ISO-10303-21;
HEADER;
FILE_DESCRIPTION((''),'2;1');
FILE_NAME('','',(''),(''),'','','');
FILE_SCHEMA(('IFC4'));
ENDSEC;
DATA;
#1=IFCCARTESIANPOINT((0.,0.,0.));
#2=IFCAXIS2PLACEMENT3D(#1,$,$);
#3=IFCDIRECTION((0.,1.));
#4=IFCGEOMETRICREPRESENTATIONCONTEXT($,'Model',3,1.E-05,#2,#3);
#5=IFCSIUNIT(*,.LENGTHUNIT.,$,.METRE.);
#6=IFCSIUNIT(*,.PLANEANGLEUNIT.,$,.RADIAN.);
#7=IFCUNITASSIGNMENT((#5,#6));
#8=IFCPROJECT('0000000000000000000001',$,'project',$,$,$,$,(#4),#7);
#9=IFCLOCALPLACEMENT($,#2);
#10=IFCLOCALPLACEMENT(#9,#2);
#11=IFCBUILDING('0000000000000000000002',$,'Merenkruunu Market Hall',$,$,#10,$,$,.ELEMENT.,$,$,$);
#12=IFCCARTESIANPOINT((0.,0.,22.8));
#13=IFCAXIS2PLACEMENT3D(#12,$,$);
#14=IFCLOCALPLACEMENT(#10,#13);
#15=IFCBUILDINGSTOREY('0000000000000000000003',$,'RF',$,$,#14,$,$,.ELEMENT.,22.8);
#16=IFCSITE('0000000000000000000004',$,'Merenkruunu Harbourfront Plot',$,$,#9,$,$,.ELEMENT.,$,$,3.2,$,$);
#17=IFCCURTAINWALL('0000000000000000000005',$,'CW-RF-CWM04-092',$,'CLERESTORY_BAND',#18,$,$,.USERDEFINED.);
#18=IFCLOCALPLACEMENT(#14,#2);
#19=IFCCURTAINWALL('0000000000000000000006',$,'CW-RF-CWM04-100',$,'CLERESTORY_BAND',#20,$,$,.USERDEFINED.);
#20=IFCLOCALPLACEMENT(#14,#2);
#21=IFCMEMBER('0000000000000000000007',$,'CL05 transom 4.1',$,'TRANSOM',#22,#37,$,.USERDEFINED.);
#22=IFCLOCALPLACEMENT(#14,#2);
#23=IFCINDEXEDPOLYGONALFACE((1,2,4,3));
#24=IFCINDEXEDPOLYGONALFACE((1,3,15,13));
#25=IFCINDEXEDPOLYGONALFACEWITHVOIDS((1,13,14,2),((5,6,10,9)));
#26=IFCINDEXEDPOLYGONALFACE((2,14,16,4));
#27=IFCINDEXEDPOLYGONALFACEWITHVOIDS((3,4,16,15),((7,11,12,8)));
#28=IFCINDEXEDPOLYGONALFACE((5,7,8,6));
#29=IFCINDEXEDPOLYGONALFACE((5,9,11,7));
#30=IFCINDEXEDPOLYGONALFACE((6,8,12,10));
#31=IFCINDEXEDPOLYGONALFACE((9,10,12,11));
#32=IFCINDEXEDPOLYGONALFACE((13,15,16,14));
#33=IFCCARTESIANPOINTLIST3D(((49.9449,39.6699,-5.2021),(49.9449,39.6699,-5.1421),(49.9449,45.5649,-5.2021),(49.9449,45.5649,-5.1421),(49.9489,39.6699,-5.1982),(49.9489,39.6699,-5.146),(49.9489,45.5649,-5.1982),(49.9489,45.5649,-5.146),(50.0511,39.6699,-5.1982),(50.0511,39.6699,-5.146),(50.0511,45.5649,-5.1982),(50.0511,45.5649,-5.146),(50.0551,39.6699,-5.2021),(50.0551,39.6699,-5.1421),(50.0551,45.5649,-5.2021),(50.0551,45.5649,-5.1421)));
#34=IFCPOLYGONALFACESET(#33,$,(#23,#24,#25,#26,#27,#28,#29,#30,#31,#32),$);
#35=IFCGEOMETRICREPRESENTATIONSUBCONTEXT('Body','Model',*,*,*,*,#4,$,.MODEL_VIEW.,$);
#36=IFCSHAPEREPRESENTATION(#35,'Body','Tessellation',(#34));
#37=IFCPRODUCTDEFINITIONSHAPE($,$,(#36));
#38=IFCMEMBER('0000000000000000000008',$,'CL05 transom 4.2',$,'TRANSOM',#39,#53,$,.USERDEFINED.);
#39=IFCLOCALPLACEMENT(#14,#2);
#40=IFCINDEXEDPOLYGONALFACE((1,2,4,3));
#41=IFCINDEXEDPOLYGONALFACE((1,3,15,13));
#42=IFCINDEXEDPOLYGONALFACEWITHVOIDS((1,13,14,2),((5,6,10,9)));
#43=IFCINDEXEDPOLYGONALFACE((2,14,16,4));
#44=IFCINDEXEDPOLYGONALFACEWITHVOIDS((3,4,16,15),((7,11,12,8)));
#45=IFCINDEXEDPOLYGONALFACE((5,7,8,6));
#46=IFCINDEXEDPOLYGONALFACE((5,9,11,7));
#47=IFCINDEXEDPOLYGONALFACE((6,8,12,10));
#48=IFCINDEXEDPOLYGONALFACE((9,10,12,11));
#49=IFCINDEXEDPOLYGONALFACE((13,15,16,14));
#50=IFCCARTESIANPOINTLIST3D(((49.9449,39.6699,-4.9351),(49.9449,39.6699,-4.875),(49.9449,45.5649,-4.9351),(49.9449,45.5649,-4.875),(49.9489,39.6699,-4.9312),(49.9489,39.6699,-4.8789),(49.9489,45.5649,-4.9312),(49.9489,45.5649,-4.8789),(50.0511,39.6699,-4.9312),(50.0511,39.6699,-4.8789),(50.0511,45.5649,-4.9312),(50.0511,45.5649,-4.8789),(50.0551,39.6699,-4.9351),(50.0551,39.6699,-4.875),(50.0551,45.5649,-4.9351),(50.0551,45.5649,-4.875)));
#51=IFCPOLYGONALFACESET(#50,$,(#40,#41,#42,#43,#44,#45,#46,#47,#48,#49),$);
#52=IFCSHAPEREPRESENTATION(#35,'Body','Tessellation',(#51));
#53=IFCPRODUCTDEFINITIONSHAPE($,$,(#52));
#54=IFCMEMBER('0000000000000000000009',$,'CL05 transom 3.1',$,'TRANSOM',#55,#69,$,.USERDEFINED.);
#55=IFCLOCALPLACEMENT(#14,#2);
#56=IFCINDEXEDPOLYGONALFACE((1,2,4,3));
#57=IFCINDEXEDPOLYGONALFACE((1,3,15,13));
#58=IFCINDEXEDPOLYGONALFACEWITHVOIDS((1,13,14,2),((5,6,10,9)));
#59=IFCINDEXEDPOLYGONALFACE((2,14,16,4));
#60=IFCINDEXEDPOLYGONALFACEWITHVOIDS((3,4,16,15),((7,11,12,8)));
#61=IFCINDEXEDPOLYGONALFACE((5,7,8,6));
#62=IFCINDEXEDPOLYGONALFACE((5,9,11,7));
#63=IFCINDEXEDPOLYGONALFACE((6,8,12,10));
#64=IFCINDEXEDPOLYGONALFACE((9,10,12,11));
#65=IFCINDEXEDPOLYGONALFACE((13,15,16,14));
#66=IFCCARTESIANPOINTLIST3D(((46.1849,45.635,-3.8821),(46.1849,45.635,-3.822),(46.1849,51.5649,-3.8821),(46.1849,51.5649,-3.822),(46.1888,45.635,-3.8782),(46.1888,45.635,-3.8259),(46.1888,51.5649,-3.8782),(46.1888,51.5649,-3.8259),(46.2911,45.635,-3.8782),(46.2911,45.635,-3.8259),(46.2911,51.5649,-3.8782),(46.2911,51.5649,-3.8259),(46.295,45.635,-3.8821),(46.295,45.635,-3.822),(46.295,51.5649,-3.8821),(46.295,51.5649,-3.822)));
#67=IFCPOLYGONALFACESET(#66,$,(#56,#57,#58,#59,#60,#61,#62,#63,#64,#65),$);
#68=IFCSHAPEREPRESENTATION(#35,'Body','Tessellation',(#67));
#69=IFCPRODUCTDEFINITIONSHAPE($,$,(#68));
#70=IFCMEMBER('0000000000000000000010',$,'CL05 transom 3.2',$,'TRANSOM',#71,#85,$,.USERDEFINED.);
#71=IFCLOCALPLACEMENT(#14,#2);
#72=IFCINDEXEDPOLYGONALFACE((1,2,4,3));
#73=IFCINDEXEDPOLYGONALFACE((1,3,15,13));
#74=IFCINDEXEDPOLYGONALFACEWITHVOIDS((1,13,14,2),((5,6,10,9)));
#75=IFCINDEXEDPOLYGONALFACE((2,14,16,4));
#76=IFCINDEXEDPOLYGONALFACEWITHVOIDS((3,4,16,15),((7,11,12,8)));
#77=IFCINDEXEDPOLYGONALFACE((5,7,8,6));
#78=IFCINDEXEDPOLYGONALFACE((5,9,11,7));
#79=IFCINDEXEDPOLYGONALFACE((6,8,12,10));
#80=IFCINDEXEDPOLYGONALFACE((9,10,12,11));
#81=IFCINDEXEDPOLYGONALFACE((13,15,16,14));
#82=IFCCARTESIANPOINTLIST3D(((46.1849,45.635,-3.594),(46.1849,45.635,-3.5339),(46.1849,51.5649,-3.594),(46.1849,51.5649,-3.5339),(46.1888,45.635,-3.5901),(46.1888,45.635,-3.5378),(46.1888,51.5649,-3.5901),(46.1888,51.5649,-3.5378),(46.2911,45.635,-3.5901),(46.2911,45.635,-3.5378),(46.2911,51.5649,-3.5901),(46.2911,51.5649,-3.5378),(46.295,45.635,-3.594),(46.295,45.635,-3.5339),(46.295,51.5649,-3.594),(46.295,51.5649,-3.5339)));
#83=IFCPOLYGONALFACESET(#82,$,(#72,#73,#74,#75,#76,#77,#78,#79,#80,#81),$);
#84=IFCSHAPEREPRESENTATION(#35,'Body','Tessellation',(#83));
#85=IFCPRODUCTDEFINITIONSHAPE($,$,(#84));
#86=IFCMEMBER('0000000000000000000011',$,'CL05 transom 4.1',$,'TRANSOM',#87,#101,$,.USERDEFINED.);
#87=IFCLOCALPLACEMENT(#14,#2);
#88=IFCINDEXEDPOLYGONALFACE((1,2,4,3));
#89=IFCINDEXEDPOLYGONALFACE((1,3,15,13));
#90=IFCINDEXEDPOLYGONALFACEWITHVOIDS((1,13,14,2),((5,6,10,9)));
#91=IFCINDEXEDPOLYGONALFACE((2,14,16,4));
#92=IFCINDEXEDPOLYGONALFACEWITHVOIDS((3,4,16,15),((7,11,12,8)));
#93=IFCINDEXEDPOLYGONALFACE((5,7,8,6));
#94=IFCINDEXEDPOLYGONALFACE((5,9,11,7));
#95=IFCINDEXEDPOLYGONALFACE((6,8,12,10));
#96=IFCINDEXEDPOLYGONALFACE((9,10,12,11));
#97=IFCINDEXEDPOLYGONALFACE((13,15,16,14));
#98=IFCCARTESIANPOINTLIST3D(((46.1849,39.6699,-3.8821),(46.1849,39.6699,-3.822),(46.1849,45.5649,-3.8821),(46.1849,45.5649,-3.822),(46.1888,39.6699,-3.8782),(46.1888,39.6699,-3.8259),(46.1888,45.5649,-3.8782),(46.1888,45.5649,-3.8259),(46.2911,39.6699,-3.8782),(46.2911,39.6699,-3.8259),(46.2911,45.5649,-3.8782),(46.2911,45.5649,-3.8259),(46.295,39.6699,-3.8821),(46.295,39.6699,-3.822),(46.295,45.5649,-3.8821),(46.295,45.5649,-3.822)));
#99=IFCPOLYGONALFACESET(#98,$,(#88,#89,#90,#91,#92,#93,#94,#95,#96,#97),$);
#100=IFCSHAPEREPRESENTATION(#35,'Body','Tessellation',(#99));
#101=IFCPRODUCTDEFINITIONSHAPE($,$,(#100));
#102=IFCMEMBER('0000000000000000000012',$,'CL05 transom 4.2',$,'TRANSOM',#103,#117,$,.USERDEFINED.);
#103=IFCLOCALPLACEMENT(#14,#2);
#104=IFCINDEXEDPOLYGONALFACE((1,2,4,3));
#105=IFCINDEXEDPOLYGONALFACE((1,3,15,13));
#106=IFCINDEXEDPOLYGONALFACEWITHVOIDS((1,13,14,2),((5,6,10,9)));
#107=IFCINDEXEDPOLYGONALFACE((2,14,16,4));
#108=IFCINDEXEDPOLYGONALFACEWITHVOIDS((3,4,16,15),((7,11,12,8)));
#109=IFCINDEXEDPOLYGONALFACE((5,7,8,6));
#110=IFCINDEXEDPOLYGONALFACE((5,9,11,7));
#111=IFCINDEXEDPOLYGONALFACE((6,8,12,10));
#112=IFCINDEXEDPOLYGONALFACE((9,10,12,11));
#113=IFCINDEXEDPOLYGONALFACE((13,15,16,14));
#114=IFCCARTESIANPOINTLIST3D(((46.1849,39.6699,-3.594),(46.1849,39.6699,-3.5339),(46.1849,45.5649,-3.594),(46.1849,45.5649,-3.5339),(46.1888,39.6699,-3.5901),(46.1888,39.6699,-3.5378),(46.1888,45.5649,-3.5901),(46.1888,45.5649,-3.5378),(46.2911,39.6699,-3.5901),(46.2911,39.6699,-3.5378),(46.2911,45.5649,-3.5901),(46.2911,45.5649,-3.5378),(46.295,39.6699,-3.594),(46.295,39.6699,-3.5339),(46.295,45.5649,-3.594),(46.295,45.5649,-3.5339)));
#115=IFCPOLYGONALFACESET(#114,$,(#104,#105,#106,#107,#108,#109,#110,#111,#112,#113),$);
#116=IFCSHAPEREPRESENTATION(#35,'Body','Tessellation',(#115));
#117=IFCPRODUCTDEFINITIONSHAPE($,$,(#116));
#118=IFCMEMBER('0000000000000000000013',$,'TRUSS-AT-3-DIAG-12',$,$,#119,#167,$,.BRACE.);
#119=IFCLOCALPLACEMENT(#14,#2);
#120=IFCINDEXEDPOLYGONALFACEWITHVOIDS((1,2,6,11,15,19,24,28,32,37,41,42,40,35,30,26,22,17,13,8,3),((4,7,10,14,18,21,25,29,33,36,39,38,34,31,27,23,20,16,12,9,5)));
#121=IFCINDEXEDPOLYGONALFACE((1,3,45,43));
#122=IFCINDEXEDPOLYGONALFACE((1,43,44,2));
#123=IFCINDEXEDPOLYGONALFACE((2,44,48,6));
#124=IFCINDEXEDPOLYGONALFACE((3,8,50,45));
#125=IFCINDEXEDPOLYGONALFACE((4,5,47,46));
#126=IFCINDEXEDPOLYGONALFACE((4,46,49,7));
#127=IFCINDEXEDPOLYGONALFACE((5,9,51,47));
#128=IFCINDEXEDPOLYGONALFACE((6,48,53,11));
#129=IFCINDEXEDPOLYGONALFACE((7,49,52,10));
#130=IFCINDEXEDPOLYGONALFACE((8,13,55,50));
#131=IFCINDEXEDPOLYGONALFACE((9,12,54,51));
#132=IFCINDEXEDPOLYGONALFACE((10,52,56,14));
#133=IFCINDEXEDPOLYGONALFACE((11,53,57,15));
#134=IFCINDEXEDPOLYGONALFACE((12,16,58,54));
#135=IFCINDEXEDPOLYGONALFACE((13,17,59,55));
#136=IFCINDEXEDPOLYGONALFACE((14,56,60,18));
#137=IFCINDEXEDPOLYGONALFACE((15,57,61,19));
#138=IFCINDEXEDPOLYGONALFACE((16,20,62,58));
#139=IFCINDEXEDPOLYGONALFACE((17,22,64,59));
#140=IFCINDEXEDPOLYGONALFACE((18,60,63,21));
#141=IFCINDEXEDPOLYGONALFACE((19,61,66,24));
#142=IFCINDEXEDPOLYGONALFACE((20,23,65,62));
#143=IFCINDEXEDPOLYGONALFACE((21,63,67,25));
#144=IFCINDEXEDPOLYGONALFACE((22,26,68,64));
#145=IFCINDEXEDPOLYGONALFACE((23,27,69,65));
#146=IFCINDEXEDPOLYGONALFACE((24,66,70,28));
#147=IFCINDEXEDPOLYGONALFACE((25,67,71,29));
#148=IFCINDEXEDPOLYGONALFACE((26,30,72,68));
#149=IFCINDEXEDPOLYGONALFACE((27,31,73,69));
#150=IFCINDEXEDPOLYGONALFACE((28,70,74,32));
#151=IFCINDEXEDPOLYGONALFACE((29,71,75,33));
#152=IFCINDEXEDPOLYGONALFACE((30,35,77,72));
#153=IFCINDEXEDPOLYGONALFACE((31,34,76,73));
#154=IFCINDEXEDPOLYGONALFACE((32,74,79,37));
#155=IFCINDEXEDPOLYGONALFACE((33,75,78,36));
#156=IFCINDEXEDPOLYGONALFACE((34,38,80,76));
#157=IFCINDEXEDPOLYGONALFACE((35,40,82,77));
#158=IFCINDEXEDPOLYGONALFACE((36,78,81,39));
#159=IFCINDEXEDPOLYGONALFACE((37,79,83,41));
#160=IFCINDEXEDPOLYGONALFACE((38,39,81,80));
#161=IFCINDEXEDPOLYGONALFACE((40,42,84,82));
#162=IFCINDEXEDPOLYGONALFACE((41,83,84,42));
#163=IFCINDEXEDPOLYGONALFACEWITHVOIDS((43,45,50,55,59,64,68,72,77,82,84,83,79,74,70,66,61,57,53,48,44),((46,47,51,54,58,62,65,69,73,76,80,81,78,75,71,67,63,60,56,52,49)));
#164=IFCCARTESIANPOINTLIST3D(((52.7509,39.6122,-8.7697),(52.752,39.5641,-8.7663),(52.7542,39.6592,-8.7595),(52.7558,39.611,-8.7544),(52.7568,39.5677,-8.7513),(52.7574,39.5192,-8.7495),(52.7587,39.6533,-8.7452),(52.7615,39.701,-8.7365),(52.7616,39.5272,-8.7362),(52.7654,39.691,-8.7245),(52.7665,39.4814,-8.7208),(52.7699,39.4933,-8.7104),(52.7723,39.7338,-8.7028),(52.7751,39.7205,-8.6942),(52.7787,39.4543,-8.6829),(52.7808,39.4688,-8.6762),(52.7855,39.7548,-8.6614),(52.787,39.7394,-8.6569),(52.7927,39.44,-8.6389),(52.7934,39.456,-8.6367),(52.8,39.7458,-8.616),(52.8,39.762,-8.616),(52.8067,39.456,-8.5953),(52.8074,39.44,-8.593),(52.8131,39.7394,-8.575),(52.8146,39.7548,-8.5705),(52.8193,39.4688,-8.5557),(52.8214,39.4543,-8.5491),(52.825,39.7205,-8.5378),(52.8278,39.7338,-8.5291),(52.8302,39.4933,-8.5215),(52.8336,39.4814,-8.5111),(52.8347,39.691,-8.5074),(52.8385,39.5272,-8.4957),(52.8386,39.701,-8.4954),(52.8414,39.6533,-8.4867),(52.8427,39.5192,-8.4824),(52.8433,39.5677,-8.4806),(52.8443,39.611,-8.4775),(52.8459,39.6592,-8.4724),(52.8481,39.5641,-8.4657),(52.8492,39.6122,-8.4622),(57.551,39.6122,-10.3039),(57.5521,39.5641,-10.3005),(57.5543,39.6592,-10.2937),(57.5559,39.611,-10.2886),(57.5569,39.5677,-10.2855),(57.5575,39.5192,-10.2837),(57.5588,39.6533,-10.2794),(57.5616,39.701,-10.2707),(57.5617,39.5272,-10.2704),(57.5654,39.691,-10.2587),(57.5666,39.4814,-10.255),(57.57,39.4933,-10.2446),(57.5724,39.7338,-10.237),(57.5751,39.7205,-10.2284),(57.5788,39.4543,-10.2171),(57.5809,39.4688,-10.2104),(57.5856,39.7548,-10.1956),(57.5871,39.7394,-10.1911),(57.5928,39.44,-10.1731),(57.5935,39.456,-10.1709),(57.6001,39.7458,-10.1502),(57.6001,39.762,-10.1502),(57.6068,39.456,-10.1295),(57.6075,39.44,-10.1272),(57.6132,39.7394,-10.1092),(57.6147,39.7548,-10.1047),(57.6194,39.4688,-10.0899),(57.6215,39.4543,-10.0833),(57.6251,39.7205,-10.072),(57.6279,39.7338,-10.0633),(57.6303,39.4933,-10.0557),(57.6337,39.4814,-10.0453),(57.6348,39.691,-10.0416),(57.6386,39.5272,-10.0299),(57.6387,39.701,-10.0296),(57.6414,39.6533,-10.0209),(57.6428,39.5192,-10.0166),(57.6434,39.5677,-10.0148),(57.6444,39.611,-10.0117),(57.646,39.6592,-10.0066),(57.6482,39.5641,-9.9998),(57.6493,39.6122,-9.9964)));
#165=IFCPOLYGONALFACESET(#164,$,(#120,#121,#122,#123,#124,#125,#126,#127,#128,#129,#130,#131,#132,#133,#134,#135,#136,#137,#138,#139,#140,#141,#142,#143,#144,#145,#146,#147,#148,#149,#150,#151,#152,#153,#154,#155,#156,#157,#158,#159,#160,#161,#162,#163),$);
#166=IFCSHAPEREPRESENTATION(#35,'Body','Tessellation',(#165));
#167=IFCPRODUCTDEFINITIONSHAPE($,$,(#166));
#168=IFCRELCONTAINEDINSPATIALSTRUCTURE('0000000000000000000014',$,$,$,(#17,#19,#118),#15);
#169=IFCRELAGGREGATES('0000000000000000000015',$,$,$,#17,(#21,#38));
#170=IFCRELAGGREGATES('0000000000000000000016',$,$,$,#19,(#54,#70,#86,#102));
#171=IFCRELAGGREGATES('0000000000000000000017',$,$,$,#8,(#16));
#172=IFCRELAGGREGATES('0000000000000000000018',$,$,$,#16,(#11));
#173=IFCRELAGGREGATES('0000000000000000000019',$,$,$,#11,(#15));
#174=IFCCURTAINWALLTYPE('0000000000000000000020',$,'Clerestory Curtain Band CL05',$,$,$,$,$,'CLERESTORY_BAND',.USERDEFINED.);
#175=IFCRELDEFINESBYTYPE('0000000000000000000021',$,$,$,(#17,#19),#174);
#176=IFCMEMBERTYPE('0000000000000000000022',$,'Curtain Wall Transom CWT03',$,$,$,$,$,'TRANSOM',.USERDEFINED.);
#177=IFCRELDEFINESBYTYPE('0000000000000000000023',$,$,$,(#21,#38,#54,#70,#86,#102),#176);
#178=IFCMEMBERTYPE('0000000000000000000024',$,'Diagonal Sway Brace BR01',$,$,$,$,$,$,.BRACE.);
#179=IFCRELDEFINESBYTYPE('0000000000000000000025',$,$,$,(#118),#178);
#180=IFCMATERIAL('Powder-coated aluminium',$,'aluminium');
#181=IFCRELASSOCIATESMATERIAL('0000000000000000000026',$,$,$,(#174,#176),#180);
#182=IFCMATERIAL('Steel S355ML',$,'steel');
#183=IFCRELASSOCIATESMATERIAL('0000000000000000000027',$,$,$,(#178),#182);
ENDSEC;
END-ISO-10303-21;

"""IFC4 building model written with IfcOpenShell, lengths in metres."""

from ifc_helpers import new_model, si_unit, direction, frame, origin, origin_2d, place, context, subcontext, project, spatial, hollow_rectangle, hollow_circle, extrude, material, material_profile, profile_set, type_object, element, aggregate, save


model = new_model("IFC4")

# Units and contexts
model_context = context("Model", 3, precision=1e-05, world=origin(), true_north=direction((0.0, 1.0)))
body_context = subcontext(model_context, "Body", "Model", "MODEL_VIEW")
ifc_project = project(units=[si_unit("LENGTHUNIT", "METRE"), si_unit("PLANEANGLEUNIT", "RADIAN")], contexts=[model_context])

# Site, building, storey
site_placement = place(None, origin())
site = spatial("IfcSite", under=ifc_project, at=site_placement, Name="Merenkruunu Harbourfront Plot", CompositionType="ELEMENT", RefElevation=3.2)
building_placement = place(site_placement, origin())
building = spatial("IfcBuilding", under=site, at=building_placement, Name="Merenkruunu Market Hall", CompositionType="ELEMENT")
storey_placement = place(building_placement, frame((0.0, 0.0, 22.8)))
storey = spatial("IfcBuildingStorey", under=building, at=storey_placement, Name="RF", CompositionType="ELEMENT", Elevation=22.8)

# Shared definitions
ifc_material_1 = material(Name="Steel S355ML", Category="steel")

# Curtain walls
ifc_material_2 = material(Name="Powder-coated aluminium", Category="aluminium")
curtain_wall_type = type_object("IfcCurtainWallType", Name="Clerestory Curtain Band CL05", ElementType="CLERESTORY_BAND", PredefinedType="USERDEFINED", material=ifc_material_2)
curtain_wall_1_placement = place(storey_placement, origin())
curtain_wall_1 = element("IfcCurtainWall", 1, at=curtain_wall_1_placement, inside=storey, type_object=curtain_wall_type, Name="CW-RF-CWM04-092", ObjectType="CLERESTORY_BAND", PredefinedType="USERDEFINED")
curtain_wall_2_placement = place(storey_placement, origin())
curtain_wall_2 = element("IfcCurtainWall", 2, at=curtain_wall_2_placement, inside=storey, type_object=curtain_wall_type, Name="CW-RF-CWM04-100", ObjectType="CLERESTORY_BAND", PredefinedType="USERDEFINED")

# Members
ifc_material_profile_1 = material_profile(ifc_material_2, hollow_rectangle(XDim=0.0601, YDim=0.1101, WallThickness=0.0039, at=origin_2d()), Name="ALU 60x110x4")
ifc_profile_set_1 = profile_set([ifc_material_profile_1], Name="Powder-coated aluminium")
member_type_1 = type_object("IfcMemberType", Name="Curtain Wall Transom CWT03", ElementType="TRANSOM", PredefinedType="USERDEFINED", material=ifc_profile_set_1)
member_1_placement = place(storey_placement, frame((50.0, 45.5649, -5.1721), z_axis=(0.0, -1.0, 0.0), x_axis=(0.0, 0.0, 1.0)))
member_1 = element("IfcMember", 3, at=member_1_placement, type_object=member_type_1, Name="CL05 transom 4.1", ObjectType="TRANSOM", PredefinedType="USERDEFINED", context=body_context, shape_type="SweptSolid", body=[
    extrude(hollow_rectangle(XDim=0.0601, YDim=0.1101, WallThickness=0.0039, at=origin_2d()), origin(), (0.0, 0.0, 1.0), 5.895),
])
member_2_placement = place(storey_placement, frame((50.0, 45.5649, -4.905), z_axis=(0.0, -1.0, 0.0), x_axis=(0.0, 0.0, 1.0)))
member_2 = element("IfcMember", 4, at=member_2_placement, type_object=member_type_1, Name="CL05 transom 4.2", ObjectType="TRANSOM", PredefinedType="USERDEFINED", context=body_context, shape_type="SweptSolid", body=[
    extrude(hollow_rectangle(XDim=0.0601, YDim=0.1101, WallThickness=0.0039, at=origin_2d()), origin(), (0.0, 0.0, 1.0), 5.895),
])
member_3_placement = place(storey_placement, frame((46.24, 51.5649, -3.8521), z_axis=(0.0, -1.0, 0.0), x_axis=(0.0, 0.0, 1.0)))
member_3 = element("IfcMember", 5, at=member_3_placement, type_object=member_type_1, Name="CL05 transom 3.1", ObjectType="TRANSOM", PredefinedType="USERDEFINED", context=body_context, shape_type="SweptSolid", body=[
    extrude(hollow_rectangle(XDim=0.0601, YDim=0.1101, WallThickness=0.0039, at=origin_2d()), origin(), (0.0, 0.0, 1.0), 5.9299),
])
member_4_placement = place(storey_placement, frame((46.24, 51.5649, -3.564), z_axis=(0.0, -1.0, 0.0), x_axis=(0.0, 0.0, 1.0)))
member_4 = element("IfcMember", 6, at=member_4_placement, type_object=member_type_1, Name="CL05 transom 3.2", ObjectType="TRANSOM", PredefinedType="USERDEFINED", context=body_context, shape_type="SweptSolid", body=[
    extrude(hollow_rectangle(XDim=0.0601, YDim=0.1101, WallThickness=0.0039, at=origin_2d()), origin(), (0.0, 0.0, 1.0), 5.9299),
])
member_5_placement = place(storey_placement, frame((46.24, 45.5649, -3.8521), z_axis=(0.0, -1.0, 0.0), x_axis=(0.0, 0.0, 1.0)))
member_5 = element("IfcMember", 7, at=member_5_placement, type_object=member_type_1, Name="CL05 transom 4.1", ObjectType="TRANSOM", PredefinedType="USERDEFINED", context=body_context, shape_type="SweptSolid", body=[
    extrude(hollow_rectangle(XDim=0.0601, YDim=0.1101, WallThickness=0.0039, at=origin_2d()), origin(), (0.0, 0.0, 1.0), 5.895),
])
member_6_placement = place(storey_placement, frame((46.24, 45.5649, -3.564), z_axis=(0.0, -1.0, 0.0), x_axis=(0.0, 0.0, 1.0)))
member_6 = element("IfcMember", 8, at=member_6_placement, type_object=member_type_1, Name="CL05 transom 4.2", ObjectType="TRANSOM", PredefinedType="USERDEFINED", context=body_context, shape_type="SweptSolid", body=[
    extrude(hollow_rectangle(XDim=0.0601, YDim=0.1101, WallThickness=0.0039, at=origin_2d()), origin(), (0.0, 0.0, 1.0), 5.895),
])

# Member
ifc_material_profile_2 = material_profile(ifc_material_1, hollow_circle(Radius=0.1619, WallThickness=0.0161, at=origin_2d()), Name="CHS 323.9x16")
ifc_profile_set_2 = profile_set([ifc_material_profile_2], Name="Steel S355ML")
member_type_2 = type_object("IfcMemberType", Name="Diagonal Sway Brace BR01", PredefinedType="BRACE", material=ifc_profile_set_2)
member_7_placement = place(storey_placement, frame((52.8, 39.6001, -8.616), z_axis=(0.95253, 0.0, -0.304445), x_axis=(0.0, 1.0, 0.0)))
element("IfcMember", 9, at=member_7_placement, inside=storey, type_object=member_type_2, Name="TRUSS-AT-3-DIAG-12", PredefinedType="BRACE", context=body_context, shape_type="SweptSolid", body=[
    extrude(hollow_circle(Radius=0.1619, WallThickness=0.0161, at=origin_2d()), origin(), (0.0, 0.0, 1.0), 5.0393),
])

aggregate(curtain_wall_1, [member_1, member_2])
aggregate(curtain_wall_2, [member_3, member_4, member_5, member_6])

save(model, "model.ifc")
